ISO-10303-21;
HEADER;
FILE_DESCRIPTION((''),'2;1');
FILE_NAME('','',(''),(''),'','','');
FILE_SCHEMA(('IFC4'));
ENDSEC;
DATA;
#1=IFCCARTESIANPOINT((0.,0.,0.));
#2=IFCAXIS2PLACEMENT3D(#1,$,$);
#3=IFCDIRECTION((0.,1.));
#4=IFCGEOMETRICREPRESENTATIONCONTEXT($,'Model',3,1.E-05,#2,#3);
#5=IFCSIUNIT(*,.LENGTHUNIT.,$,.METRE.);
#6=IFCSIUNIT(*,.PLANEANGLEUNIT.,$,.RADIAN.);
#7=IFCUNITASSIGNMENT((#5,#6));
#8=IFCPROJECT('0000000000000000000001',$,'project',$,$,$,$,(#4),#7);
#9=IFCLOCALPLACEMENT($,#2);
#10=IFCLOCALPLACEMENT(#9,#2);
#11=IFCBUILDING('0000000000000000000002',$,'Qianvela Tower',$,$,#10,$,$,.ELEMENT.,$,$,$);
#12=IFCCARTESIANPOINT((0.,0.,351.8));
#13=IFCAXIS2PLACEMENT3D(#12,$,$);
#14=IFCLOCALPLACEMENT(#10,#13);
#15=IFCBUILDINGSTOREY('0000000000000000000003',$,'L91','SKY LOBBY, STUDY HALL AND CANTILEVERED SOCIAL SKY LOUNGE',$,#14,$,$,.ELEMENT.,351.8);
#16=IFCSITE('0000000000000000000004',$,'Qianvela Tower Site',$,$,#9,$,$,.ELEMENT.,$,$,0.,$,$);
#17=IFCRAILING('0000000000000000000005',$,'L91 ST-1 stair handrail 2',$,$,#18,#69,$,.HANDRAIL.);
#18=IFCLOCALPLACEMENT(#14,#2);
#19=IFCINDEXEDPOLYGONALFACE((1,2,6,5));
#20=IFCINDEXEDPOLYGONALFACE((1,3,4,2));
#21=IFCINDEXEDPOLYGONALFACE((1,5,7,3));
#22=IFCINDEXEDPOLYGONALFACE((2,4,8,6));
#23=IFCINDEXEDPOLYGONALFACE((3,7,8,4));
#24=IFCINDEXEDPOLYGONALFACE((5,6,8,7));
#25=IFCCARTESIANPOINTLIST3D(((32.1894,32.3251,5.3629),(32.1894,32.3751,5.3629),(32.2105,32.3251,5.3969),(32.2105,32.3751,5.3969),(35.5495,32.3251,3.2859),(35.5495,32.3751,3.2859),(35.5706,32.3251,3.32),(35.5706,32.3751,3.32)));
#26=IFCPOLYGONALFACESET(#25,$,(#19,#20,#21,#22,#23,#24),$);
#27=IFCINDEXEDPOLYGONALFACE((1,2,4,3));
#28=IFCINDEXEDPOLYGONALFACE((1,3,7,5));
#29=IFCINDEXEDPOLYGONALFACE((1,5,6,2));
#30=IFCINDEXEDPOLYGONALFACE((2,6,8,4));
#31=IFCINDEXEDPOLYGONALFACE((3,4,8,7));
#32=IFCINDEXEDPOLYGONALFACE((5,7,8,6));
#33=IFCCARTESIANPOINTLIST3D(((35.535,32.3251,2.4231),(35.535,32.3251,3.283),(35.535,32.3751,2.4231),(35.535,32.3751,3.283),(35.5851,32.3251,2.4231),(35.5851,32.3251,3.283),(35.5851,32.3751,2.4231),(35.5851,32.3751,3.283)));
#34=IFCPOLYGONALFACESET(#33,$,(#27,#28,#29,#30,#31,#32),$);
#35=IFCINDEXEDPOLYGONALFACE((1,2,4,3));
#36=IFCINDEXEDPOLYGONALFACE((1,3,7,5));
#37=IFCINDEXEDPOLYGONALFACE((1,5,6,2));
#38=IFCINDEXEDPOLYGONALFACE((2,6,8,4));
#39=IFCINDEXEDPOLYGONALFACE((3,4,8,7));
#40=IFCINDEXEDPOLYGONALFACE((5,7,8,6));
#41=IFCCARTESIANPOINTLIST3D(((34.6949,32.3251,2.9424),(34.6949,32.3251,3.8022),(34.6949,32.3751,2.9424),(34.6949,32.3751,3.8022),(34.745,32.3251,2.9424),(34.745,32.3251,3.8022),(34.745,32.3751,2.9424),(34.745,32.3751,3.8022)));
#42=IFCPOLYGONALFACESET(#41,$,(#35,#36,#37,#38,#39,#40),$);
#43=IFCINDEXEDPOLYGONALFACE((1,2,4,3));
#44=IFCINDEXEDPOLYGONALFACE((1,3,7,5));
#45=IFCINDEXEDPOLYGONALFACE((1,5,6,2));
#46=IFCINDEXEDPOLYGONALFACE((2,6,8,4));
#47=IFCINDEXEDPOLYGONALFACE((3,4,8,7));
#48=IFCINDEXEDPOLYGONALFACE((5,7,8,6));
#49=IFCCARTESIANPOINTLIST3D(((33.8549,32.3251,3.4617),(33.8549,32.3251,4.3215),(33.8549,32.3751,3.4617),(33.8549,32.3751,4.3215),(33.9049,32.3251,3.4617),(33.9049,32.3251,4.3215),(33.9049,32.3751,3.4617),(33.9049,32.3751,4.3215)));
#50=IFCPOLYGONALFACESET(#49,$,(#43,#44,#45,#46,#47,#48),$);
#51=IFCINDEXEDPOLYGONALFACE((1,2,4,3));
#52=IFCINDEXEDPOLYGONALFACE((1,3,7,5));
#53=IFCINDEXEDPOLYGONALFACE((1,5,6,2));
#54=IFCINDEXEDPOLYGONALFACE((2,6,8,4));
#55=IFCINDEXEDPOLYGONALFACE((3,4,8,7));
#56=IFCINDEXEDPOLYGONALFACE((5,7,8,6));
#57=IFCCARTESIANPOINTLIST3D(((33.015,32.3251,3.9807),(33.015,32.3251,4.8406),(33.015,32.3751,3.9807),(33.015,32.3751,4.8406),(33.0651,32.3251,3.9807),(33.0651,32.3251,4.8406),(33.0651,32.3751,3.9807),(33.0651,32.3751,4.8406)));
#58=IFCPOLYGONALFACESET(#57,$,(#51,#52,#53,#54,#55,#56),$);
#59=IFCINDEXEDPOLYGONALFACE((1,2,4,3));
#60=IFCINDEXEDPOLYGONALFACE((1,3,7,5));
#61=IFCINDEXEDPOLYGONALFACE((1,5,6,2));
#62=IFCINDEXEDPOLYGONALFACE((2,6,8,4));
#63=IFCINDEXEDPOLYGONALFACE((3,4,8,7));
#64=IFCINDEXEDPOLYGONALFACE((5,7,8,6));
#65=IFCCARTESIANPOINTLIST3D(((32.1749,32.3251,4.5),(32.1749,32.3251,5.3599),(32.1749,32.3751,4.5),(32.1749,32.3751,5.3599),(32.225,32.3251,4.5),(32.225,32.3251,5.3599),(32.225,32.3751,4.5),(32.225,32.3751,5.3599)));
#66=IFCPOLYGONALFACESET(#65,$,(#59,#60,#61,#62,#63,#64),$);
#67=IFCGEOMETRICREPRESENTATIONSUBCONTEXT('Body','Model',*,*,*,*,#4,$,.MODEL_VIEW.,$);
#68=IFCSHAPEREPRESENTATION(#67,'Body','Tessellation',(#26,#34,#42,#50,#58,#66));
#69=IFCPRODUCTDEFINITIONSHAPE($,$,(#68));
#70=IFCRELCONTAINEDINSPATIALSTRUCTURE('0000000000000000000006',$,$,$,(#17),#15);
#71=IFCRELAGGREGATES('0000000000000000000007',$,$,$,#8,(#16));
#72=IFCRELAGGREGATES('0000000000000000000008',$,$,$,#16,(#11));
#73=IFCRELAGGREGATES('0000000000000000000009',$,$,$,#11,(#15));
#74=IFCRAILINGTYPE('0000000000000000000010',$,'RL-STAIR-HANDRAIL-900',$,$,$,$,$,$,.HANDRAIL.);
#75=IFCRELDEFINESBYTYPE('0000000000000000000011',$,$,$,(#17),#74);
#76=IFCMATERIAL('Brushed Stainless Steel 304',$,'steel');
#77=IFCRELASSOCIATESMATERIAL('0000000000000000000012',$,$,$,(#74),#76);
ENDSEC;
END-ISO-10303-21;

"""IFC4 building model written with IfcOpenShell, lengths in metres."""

from ifc_helpers import new_model, si_unit, direction, frame, origin, origin_2d, place, context, subcontext, project, spatial, rectangle, extrude, material, type_object, element, save


model = new_model("IFC4")

# Units and contexts
model_context = context("Model", 3, precision=1e-05, world=origin(), true_north=direction((0.0, 1.0)))
body_context = subcontext(model_context, "Body", "Model", "MODEL_VIEW")
ifc_project = project(units=[si_unit("LENGTHUNIT", "METRE"), si_unit("PLANEANGLEUNIT", "RADIAN")], contexts=[model_context])

# Site, building, storey
site_placement = place(None, origin())
site = spatial("IfcSite", under=ifc_project, at=site_placement, Name="Qianvela Tower Site", CompositionType="ELEMENT", RefElevation=0.0)
building_placement = place(site_placement, origin())
building = spatial("IfcBuilding", under=site, at=building_placement, Name="Qianvela Tower", CompositionType="ELEMENT")
storey_placement = place(building_placement, frame((0.0, 0.0, 351.8)))
storey = spatial("IfcBuildingStorey", under=building, at=storey_placement, Name="L91", Description="SKY LOBBY, STUDY HALL AND CANTILEVERED SOCIAL SKY LOUNGE", CompositionType="ELEMENT", Elevation=351.8)

# Railing
ifc_material_1 = material(Name="Brushed Stainless Steel 304", Category="steel")
railing_type_1 = type_object("IfcRailingType", Name="RL-STAIR-HANDRAIL-900", PredefinedType="HANDRAIL", material=ifc_material_1)
railing_1_placement = place(storey_placement, frame((35.5601, 32.3501, 2.4231)))
element("IfcRailing", 1, at=railing_1_placement, inside=storey, type_object=railing_type_1, Name="L91 ST-1 stair handrail 2", PredefinedType="HANDRAIL", context=body_context, shape_type="SweptSolid", body=[
    extrude(rectangle(XDim=0.05, YDim=0.04, at=origin_2d()), frame((0.0, 0.0, 0.8799), z_axis=(-0.850623, 0.0, 0.525776), x_axis=(0.0, -1.0, 0.0)), (0.0, 0.0, 1.0), 3.9502),
    extrude(rectangle(XDim=0.05, YDim=0.05, at=origin_2d()), origin(), (0.0, 0.0, 1.0), 0.8599),
    extrude(rectangle(XDim=0.05, YDim=0.05, at=origin_2d()), frame((-0.8401, 0.0, 0.5193)), (0.0, 0.0, 1.0), 0.8599),
    extrude(rectangle(XDim=0.05, YDim=0.05, at=origin_2d()), frame((-1.6802, 0.0, 1.0386)), (0.0, 0.0, 1.0), 0.8599),
    extrude(rectangle(XDim=0.05, YDim=0.05, at=origin_2d()), frame((-2.52, 0.0, 1.5576)), (0.0, 0.0, 1.0), 0.8599),
    extrude(rectangle(XDim=0.05, YDim=0.05, at=origin_2d()), frame((-3.3601, 0.0, 2.0769)), (0.0, 0.0, 1.0), 0.8599),
])

save(model, "model.ifc")
